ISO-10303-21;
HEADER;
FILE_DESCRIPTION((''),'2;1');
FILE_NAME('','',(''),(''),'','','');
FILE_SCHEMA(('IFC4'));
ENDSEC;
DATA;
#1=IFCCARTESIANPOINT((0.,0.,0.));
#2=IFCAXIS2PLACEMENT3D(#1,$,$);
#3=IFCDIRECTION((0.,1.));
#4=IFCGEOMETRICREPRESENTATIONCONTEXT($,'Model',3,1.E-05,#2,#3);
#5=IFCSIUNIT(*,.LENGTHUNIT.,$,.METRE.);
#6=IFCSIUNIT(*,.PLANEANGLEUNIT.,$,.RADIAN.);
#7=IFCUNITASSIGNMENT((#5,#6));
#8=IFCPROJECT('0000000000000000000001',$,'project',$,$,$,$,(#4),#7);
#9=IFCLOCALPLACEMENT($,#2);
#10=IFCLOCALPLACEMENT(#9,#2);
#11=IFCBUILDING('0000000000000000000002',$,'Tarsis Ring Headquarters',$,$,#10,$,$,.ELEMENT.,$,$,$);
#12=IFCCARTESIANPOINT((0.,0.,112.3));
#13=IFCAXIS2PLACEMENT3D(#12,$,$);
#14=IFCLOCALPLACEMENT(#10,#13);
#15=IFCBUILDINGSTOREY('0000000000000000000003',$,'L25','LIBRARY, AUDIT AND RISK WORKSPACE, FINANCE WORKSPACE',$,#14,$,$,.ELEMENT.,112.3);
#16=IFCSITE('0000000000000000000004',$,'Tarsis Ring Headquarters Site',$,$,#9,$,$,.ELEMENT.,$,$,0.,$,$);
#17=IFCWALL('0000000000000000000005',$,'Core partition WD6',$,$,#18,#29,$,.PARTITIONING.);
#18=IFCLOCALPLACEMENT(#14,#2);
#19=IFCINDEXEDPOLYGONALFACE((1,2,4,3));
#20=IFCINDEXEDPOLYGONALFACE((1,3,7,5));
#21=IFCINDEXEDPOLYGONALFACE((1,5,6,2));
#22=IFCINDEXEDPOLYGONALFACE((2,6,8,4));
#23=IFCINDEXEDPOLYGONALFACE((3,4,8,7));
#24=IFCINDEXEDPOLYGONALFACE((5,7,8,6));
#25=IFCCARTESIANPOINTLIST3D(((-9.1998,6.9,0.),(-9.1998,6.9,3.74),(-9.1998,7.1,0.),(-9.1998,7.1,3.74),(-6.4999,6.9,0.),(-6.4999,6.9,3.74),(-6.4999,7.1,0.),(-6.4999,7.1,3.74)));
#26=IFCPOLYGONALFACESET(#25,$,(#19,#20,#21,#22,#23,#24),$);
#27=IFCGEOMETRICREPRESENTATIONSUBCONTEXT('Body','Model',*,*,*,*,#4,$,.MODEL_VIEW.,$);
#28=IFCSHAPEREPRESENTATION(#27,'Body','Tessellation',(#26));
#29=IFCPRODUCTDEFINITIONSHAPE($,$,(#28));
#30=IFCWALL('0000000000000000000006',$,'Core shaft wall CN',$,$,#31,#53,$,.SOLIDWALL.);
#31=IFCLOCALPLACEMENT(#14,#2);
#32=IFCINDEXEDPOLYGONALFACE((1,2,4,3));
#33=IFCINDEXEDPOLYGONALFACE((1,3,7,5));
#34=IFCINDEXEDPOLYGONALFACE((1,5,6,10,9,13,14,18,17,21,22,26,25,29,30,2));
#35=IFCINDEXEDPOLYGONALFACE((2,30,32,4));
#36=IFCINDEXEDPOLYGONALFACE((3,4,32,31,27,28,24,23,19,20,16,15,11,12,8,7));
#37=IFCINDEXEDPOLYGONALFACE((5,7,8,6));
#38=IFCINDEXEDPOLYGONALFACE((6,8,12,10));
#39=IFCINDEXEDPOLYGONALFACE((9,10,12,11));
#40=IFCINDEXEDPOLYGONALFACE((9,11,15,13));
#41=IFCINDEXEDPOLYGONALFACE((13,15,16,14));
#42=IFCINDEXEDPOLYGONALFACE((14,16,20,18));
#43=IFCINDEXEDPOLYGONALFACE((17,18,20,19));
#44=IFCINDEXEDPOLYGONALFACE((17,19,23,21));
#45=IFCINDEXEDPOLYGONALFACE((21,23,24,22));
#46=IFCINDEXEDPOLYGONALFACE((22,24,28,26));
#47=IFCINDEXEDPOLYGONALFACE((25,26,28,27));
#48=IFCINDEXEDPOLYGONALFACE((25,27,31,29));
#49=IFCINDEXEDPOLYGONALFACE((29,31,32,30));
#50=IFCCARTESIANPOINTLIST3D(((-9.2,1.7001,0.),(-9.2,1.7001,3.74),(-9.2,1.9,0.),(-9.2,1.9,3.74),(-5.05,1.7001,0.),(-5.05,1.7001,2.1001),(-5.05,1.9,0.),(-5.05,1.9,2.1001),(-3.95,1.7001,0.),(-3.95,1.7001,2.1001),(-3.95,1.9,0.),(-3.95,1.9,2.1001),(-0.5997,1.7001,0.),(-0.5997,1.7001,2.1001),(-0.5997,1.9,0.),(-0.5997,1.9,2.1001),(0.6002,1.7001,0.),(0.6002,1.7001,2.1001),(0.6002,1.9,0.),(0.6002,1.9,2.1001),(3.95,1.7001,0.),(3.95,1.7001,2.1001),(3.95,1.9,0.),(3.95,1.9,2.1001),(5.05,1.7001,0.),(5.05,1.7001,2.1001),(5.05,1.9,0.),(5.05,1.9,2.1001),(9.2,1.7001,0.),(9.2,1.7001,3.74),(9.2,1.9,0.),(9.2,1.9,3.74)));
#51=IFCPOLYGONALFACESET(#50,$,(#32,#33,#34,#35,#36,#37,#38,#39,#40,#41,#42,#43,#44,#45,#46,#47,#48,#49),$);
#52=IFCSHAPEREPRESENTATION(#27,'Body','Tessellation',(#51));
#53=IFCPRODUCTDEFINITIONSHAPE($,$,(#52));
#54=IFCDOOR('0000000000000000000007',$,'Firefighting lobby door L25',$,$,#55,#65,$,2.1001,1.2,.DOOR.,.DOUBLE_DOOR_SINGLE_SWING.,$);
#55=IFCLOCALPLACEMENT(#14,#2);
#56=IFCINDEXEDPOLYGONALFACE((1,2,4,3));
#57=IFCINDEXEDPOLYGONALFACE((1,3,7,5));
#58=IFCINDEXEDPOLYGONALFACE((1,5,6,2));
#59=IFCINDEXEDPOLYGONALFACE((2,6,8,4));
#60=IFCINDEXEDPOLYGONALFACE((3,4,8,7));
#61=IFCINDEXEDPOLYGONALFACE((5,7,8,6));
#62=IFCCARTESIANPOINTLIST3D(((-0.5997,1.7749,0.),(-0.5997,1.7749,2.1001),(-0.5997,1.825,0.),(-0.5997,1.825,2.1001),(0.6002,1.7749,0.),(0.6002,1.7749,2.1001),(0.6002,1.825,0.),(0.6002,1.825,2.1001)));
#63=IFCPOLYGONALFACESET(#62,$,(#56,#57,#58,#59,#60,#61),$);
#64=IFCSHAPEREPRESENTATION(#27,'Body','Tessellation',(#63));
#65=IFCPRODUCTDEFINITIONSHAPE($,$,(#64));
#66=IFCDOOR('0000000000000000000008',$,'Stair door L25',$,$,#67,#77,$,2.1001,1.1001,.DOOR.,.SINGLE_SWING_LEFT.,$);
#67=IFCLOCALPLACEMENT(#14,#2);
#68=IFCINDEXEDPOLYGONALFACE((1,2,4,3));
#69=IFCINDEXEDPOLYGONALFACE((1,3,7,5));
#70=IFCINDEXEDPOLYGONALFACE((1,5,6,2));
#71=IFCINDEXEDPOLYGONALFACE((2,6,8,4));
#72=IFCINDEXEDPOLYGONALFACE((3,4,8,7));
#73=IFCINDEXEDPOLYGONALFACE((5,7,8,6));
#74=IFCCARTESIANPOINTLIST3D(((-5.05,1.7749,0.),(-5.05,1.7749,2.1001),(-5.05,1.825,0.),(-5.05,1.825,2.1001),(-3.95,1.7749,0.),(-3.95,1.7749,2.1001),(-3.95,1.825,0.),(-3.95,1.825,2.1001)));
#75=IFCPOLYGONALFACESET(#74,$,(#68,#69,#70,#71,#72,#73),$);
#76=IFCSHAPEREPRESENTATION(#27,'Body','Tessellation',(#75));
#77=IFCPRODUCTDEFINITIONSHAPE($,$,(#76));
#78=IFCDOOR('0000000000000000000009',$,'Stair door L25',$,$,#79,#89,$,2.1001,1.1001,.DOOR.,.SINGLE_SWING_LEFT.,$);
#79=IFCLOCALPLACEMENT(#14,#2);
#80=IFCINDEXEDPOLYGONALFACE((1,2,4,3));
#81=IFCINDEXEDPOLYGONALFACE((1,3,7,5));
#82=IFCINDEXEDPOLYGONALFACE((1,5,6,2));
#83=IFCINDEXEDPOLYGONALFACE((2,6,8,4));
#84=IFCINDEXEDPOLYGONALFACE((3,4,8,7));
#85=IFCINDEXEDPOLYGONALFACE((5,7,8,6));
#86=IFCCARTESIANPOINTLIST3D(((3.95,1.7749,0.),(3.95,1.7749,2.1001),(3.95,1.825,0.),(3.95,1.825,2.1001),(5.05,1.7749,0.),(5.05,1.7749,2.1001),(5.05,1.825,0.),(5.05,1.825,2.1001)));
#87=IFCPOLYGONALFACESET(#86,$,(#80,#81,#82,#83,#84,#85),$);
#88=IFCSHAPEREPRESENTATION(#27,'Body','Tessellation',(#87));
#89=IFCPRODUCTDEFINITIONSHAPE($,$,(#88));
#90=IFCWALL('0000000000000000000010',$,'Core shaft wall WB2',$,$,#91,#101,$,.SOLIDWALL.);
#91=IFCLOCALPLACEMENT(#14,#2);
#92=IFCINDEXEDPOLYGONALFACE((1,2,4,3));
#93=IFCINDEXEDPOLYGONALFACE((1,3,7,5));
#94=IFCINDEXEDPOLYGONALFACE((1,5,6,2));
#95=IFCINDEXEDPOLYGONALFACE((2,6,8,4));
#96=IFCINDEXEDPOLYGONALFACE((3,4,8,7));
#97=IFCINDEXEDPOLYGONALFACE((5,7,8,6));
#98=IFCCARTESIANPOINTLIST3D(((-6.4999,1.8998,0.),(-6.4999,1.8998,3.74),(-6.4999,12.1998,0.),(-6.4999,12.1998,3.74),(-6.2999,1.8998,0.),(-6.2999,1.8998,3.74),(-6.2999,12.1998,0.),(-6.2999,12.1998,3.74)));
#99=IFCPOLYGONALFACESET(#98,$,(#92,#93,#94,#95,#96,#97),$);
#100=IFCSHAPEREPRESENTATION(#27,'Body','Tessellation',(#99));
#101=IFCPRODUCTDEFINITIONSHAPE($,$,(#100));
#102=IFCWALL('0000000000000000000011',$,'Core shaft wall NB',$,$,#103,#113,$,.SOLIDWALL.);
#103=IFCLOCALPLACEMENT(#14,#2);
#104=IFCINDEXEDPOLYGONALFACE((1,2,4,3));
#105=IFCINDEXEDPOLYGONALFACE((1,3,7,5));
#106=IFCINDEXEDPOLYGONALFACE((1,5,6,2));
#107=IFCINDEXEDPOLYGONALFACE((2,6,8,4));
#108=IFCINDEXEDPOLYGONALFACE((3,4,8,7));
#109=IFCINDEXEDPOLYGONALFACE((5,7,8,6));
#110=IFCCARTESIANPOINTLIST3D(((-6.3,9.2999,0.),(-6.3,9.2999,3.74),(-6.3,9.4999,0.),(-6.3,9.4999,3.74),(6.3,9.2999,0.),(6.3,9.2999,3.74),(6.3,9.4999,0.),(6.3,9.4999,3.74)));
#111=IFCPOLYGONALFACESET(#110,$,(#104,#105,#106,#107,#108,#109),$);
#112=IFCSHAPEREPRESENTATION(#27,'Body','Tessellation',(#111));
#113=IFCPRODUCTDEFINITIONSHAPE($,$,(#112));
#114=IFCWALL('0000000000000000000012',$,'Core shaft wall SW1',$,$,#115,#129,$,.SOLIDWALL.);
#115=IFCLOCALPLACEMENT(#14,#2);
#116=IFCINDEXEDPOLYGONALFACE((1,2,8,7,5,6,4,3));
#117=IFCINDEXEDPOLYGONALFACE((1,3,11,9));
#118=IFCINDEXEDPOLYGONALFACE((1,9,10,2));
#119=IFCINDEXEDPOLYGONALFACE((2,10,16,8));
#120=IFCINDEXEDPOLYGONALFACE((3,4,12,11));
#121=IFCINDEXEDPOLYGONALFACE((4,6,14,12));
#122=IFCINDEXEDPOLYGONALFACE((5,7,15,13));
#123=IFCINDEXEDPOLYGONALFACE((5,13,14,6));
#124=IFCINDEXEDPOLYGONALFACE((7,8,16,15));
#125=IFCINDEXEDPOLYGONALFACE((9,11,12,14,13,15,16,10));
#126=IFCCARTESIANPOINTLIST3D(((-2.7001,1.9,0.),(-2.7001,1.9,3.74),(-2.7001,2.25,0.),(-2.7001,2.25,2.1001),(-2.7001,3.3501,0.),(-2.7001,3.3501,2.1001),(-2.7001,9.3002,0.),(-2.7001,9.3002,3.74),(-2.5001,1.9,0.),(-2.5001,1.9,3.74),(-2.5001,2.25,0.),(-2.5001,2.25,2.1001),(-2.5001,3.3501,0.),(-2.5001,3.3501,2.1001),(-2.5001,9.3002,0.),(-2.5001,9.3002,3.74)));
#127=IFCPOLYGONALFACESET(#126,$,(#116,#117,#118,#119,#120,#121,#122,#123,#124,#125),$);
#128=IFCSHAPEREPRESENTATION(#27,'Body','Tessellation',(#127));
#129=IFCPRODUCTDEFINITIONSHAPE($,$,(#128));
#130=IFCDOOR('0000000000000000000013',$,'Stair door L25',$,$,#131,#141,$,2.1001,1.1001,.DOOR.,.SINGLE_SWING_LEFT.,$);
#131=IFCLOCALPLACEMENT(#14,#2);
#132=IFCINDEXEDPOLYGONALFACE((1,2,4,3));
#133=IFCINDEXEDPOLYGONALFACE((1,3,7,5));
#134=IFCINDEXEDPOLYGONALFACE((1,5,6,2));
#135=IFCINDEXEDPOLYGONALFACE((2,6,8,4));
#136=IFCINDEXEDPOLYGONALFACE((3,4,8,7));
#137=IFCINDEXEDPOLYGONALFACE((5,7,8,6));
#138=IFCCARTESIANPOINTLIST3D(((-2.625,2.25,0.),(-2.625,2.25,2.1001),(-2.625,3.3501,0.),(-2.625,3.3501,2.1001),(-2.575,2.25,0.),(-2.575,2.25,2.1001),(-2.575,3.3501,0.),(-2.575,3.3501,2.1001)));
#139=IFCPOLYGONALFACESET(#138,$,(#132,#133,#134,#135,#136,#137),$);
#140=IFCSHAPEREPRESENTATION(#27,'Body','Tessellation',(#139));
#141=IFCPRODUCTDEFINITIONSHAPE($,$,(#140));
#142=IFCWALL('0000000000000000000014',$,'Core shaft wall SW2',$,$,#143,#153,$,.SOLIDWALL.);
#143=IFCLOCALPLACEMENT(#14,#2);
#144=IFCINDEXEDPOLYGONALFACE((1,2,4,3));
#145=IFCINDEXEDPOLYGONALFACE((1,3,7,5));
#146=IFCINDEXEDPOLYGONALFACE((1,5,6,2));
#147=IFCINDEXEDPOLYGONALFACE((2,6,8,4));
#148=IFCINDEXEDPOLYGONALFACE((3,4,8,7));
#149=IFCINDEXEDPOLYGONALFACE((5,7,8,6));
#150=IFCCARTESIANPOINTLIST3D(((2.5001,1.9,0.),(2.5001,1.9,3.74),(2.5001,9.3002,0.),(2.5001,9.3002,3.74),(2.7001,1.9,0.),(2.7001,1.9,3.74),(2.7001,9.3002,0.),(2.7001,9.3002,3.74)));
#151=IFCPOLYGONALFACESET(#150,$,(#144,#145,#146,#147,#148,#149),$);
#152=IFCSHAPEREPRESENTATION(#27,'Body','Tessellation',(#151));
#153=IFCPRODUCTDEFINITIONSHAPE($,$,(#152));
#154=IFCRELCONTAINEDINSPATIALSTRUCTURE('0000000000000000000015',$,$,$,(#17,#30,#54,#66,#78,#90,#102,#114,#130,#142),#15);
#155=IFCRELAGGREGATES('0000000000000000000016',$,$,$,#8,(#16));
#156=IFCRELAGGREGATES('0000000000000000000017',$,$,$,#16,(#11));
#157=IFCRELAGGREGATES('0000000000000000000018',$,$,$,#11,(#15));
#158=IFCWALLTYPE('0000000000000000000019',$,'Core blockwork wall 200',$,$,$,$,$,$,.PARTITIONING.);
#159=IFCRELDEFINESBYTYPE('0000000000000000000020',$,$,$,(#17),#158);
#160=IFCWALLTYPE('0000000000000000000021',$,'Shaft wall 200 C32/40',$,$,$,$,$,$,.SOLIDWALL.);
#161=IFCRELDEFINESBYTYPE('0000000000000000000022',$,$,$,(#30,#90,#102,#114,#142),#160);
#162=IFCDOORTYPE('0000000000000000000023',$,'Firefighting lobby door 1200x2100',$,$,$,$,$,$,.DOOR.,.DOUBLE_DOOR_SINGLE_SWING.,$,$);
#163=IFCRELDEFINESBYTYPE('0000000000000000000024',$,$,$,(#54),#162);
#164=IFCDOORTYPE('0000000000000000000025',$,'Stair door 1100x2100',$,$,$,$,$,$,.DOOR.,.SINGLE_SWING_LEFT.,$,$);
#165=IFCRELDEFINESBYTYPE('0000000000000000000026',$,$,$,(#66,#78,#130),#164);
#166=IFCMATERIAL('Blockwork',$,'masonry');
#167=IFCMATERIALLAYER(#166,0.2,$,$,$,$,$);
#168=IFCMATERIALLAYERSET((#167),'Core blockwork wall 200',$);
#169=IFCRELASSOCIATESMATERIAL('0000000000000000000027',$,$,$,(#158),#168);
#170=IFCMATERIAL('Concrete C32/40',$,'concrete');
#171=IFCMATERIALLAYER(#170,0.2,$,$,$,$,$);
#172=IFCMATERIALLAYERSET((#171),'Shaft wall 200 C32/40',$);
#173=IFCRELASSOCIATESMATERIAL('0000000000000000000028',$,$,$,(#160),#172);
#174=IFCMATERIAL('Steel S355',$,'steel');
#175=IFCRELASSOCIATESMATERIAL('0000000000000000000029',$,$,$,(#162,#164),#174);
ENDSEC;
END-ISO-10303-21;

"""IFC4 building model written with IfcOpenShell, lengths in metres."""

from ifc_helpers import new_model, si_unit, direction, frame, frame_2d, origin, place, context, subcontext, project, spatial, rectangle, extrude, material, layer, layer_set, type_object, element, fill, save


model = new_model("IFC4")

# Units and contexts
model_context = context("Model", 3, precision=1e-05, world=origin(), true_north=direction((0.0, 1.0)))
body_context = subcontext(model_context, "Body", "Model", "MODEL_VIEW")
ifc_project = project(units=[si_unit("LENGTHUNIT", "METRE"), si_unit("PLANEANGLEUNIT", "RADIAN")], contexts=[model_context])

# Site, building, storey
site_placement = place(None, origin())
site = spatial("IfcSite", under=ifc_project, at=site_placement, Name="Tarsis Ring Headquarters Site", CompositionType="ELEMENT", RefElevation=0.0)
building_placement = place(site_placement, origin())
building = spatial("IfcBuilding", under=site, at=building_placement, Name="Tarsis Ring Headquarters", CompositionType="ELEMENT")
storey_placement = place(building_placement, frame((0.0, 0.0, 112.3)))
storey = spatial("IfcBuildingStorey", under=building, at=storey_placement, Name="L25", Description="LIBRARY, AUDIT AND RISK WORKSPACE, FINANCE WORKSPACE", CompositionType="ELEMENT", Elevation=112.3)

# Wall
ifc_material_1 = material(Name="Blockwork", Category="masonry")
ifc_layer_1 = layer(ifc_material_1, 0.2)
ifc_layer_set_1 = layer_set([ifc_layer_1], Name="Core blockwork wall 200")
wall_type_1 = type_object("IfcWallType", Name="Core blockwork wall 200", PredefinedType="PARTITIONING", material=ifc_layer_set_1)
wall_1_placement = place(storey_placement, frame((-9.2, 7.0, 0.0), z_axis=(0.0, 0.0, 1.0), x_axis=(1.0, 0.0, 0.0)))
element("IfcWall", 1, at=wall_1_placement, inside=storey, type_object=wall_type_1, Name="Core partition WD6", PredefinedType="PARTITIONING", context=body_context, shape_type="SweptSolid", body=[
    extrude(rectangle(XDim=2.7, YDim=0.2, at=frame_2d((1.3501, 0.0))), origin(), (0.0, 0.0, 1.0), 3.74),
])

# Wall, openings, doors
ifc_material_2 = material(Name="Concrete C32/40", Category="concrete")
ifc_layer_2 = layer(ifc_material_2, 0.2)
ifc_layer_set_2 = layer_set([ifc_layer_2], Name="Shaft wall 200 C32/40")
wall_type_2 = type_object("IfcWallType", Name="Shaft wall 200 C32/40", PredefinedType="SOLIDWALL", material=ifc_layer_set_2)
wall_2_placement = place(storey_placement, frame((-9.2, 1.8, 0.0), z_axis=(0.0, 0.0, 1.0), x_axis=(1.0, 0.0, 0.0)))
wall_2 = element("IfcWall", 2, at=wall_2_placement, inside=storey, type_object=wall_type_2, Name="Core shaft wall CN", PredefinedType="SOLIDWALL", context=body_context, shape_type="SweptSolid", body=[
    extrude(rectangle(XDim=18.3999, YDim=0.2, at=frame_2d((9.2, 0.0))), origin(), (0.0, 0.0, 1.0), 3.74),
])
opening_1_placement = place(wall_2_placement, frame((4.1499, 0.0, 0.0)))
opening_1 = element("IfcOpeningElement", 3, at=opening_1_placement, cuts=wall_2, PredefinedType="OPENING", context=body_context, shape_type="SweptSolid", body=[
    extrude(rectangle(XDim=1.1001, YDim=2.1001, at=frame_2d((0.55, 1.05))), frame((0.0, 0.1099, 0.0), z_axis=(0.0, -1.0, 0.0), x_axis=(1.0, 0.0, 0.0)), (0.0, 0.0, 1.0), 0.22),
])
opening_2_placement = place(wall_2_placement, frame((8.6001, 0.0, 0.0)))
opening_2 = element("IfcOpeningElement", 4, at=opening_2_placement, cuts=wall_2, PredefinedType="OPENING", context=body_context, shape_type="SweptSolid", body=[
    extrude(rectangle(XDim=1.2, YDim=2.1001, at=frame_2d((0.6001, 1.05))), frame((0.0, 0.1099, 0.0), z_axis=(0.0, -1.0, 0.0), x_axis=(1.0, 0.0, 0.0)), (0.0, 0.0, 1.0), 0.22),
])
opening_3_placement = place(wall_2_placement, frame((13.1499, 0.0, 0.0)))
opening_3 = element("IfcOpeningElement", 5, at=opening_3_placement, cuts=wall_2, PredefinedType="OPENING", context=body_context, shape_type="SweptSolid", body=[
    extrude(rectangle(XDim=1.1001, YDim=2.1001, at=frame_2d((0.55, 1.05))), frame((0.0, 0.1099, 0.0), z_axis=(0.0, -1.0, 0.0), x_axis=(1.0, 0.0, 0.0)), (0.0, 0.0, 1.0), 0.22),
])
ifc_material_3 = material(Name="Steel S355", Category="steel")
door_type_1 = type_object("IfcDoorType", Name="Firefighting lobby door 1200x2100", OperationType="DOUBLE_DOOR_SINGLE_SWING", PredefinedType="DOOR", material=ifc_material_3)
door_1_placement = place(opening_2_placement, origin())
door_1 = element("IfcDoor", 6, at=door_1_placement, inside=storey, type_object=door_type_1, Name="Firefighting lobby door L25", OperationType="DOUBLE_DOOR_SINGLE_SWING", OverallHeight=2.1001, OverallWidth=1.2, PredefinedType="DOOR", context=body_context, shape_type="SweptSolid", body=[
    extrude(rectangle(XDim=1.2, YDim=2.1001, at=frame_2d((0.6001, 1.05))), frame((0.0, 0.0249, 0.0), z_axis=(0.0, -1.0, 0.0), x_axis=(1.0, 0.0, 0.0)), (0.0, 0.0, 1.0), 0.05),
])
fill(opening_2, door_1)
door_type_2 = type_object("IfcDoorType", Name="Stair door 1100x2100", OperationType="SINGLE_SWING_LEFT", PredefinedType="DOOR", material=ifc_material_3)
door_2_placement = place(opening_1_placement, origin())
door_2 = element("IfcDoor", 7, at=door_2_placement, inside=storey, type_object=door_type_2, Name="Stair door L25", OperationType="SINGLE_SWING_LEFT", OverallHeight=2.1001, OverallWidth=1.1001, PredefinedType="DOOR", context=body_context, shape_type="SweptSolid", body=[
    extrude(rectangle(XDim=1.1001, YDim=2.1001, at=frame_2d((0.55, 1.05))), frame((0.0, 0.0249, 0.0), z_axis=(0.0, -1.0, 0.0), x_axis=(1.0, 0.0, 0.0)), (0.0, 0.0, 1.0), 0.05),
])
fill(opening_1, door_2)
door_3_placement = place(opening_3_placement, origin())
door_3 = element("IfcDoor", 8, at=door_3_placement, inside=storey, type_object=door_type_2, Name="Stair door L25", OperationType="SINGLE_SWING_LEFT", OverallHeight=2.1001, OverallWidth=1.1001, PredefinedType="DOOR", context=body_context, shape_type="SweptSolid", body=[
    extrude(rectangle(XDim=1.1001, YDim=2.1001, at=frame_2d((0.55, 1.05))), frame((0.0, 0.0249, 0.0), z_axis=(0.0, -1.0, 0.0), x_axis=(1.0, 0.0, 0.0)), (0.0, 0.0, 1.0), 0.05),
])
fill(opening_3, door_3)

# Walls
wall_3_placement = place(storey_placement, frame((-6.3999, 1.8999, 0.0), z_axis=(0.0, 0.0, 1.0), x_axis=(0.0, 1.0, 0.0)))
element("IfcWall", 9, at=wall_3_placement, inside=storey, type_object=wall_type_2, Name="Core shaft wall WB2", PredefinedType="SOLIDWALL", context=body_context, shape_type="SweptSolid", body=[
    extrude(rectangle(XDim=10.3, YDim=0.2, at=frame_2d((5.1499, 0.0))), origin(), (0.0, 0.0, 1.0), 3.74),
])
wall_4_placement = place(storey_placement, frame((-6.3, 9.3999, 0.0), z_axis=(0.0, 0.0, 1.0), x_axis=(1.0, 0.0, 0.0)))
element("IfcWall", 10, at=wall_4_placement, inside=storey, type_object=wall_type_2, Name="Core shaft wall NB", PredefinedType="SOLIDWALL", context=body_context, shape_type="SweptSolid", body=[
    extrude(rectangle(XDim=12.6001, YDim=0.2, at=frame_2d((6.3, 0.0))), origin(), (0.0, 0.0, 1.0), 3.74),
])

# Wall, opening, door
wall_5_placement = place(storey_placement, frame((-2.6001, 1.8999, 0.0), z_axis=(0.0, 0.0, 1.0), x_axis=(0.0, 1.0, 0.0)))
wall_5 = element("IfcWall", 11, at=wall_5_placement, inside=storey, type_object=wall_type_2, Name="Core shaft wall SW1", PredefinedType="SOLIDWALL", context=body_context, shape_type="SweptSolid", body=[
    extrude(rectangle(XDim=7.4001, YDim=0.2, at=frame_2d((3.7002, 0.0))), origin(), (0.0, 0.0, 1.0), 3.74),
])
opening_4_placement = place(wall_5_placement, frame((0.3501, 0.0, 0.0)))
opening_4 = element("IfcOpeningElement", 12, at=opening_4_placement, cuts=wall_5, PredefinedType="OPENING", context=body_context, shape_type="SweptSolid", body=[
    extrude(rectangle(XDim=1.1001, YDim=2.1001, at=frame_2d((0.55, 1.05))), frame((0.0, 0.1099, 0.0), z_axis=(0.0, -1.0, 0.0), x_axis=(1.0, 0.0, 0.0)), (0.0, 0.0, 1.0), 0.22),
])
door_4_placement = place(opening_4_placement, origin())
door_4 = element("IfcDoor", 13, at=door_4_placement, inside=storey, type_object=door_type_2, Name="Stair door L25", OperationType="SINGLE_SWING_LEFT", OverallHeight=2.1001, OverallWidth=1.1001, PredefinedType="DOOR", context=body_context, shape_type="SweptSolid", body=[
    extrude(rectangle(XDim=1.1001, YDim=2.1001, at=frame_2d((0.55, 1.05))), frame((0.0, 0.0249, 0.0), z_axis=(0.0, -1.0, 0.0), x_axis=(1.0, 0.0, 0.0)), (0.0, 0.0, 1.0), 0.05),
])
fill(opening_4, door_4)

# Wall
wall_6_placement = place(storey_placement, frame((2.6001, 1.8999, 0.0), z_axis=(0.0, 0.0, 1.0), x_axis=(0.0, 1.0, 0.0)))
element("IfcWall", 14, at=wall_6_placement, inside=storey, type_object=wall_type_2, Name="Core shaft wall SW2", PredefinedType="SOLIDWALL", context=body_context, shape_type="SweptSolid", body=[
    extrude(rectangle(XDim=7.4001, YDim=0.2, at=frame_2d((3.7002, 0.0))), origin(), (0.0, 0.0, 1.0), 3.74),
])

save(model, "model.ifc")
